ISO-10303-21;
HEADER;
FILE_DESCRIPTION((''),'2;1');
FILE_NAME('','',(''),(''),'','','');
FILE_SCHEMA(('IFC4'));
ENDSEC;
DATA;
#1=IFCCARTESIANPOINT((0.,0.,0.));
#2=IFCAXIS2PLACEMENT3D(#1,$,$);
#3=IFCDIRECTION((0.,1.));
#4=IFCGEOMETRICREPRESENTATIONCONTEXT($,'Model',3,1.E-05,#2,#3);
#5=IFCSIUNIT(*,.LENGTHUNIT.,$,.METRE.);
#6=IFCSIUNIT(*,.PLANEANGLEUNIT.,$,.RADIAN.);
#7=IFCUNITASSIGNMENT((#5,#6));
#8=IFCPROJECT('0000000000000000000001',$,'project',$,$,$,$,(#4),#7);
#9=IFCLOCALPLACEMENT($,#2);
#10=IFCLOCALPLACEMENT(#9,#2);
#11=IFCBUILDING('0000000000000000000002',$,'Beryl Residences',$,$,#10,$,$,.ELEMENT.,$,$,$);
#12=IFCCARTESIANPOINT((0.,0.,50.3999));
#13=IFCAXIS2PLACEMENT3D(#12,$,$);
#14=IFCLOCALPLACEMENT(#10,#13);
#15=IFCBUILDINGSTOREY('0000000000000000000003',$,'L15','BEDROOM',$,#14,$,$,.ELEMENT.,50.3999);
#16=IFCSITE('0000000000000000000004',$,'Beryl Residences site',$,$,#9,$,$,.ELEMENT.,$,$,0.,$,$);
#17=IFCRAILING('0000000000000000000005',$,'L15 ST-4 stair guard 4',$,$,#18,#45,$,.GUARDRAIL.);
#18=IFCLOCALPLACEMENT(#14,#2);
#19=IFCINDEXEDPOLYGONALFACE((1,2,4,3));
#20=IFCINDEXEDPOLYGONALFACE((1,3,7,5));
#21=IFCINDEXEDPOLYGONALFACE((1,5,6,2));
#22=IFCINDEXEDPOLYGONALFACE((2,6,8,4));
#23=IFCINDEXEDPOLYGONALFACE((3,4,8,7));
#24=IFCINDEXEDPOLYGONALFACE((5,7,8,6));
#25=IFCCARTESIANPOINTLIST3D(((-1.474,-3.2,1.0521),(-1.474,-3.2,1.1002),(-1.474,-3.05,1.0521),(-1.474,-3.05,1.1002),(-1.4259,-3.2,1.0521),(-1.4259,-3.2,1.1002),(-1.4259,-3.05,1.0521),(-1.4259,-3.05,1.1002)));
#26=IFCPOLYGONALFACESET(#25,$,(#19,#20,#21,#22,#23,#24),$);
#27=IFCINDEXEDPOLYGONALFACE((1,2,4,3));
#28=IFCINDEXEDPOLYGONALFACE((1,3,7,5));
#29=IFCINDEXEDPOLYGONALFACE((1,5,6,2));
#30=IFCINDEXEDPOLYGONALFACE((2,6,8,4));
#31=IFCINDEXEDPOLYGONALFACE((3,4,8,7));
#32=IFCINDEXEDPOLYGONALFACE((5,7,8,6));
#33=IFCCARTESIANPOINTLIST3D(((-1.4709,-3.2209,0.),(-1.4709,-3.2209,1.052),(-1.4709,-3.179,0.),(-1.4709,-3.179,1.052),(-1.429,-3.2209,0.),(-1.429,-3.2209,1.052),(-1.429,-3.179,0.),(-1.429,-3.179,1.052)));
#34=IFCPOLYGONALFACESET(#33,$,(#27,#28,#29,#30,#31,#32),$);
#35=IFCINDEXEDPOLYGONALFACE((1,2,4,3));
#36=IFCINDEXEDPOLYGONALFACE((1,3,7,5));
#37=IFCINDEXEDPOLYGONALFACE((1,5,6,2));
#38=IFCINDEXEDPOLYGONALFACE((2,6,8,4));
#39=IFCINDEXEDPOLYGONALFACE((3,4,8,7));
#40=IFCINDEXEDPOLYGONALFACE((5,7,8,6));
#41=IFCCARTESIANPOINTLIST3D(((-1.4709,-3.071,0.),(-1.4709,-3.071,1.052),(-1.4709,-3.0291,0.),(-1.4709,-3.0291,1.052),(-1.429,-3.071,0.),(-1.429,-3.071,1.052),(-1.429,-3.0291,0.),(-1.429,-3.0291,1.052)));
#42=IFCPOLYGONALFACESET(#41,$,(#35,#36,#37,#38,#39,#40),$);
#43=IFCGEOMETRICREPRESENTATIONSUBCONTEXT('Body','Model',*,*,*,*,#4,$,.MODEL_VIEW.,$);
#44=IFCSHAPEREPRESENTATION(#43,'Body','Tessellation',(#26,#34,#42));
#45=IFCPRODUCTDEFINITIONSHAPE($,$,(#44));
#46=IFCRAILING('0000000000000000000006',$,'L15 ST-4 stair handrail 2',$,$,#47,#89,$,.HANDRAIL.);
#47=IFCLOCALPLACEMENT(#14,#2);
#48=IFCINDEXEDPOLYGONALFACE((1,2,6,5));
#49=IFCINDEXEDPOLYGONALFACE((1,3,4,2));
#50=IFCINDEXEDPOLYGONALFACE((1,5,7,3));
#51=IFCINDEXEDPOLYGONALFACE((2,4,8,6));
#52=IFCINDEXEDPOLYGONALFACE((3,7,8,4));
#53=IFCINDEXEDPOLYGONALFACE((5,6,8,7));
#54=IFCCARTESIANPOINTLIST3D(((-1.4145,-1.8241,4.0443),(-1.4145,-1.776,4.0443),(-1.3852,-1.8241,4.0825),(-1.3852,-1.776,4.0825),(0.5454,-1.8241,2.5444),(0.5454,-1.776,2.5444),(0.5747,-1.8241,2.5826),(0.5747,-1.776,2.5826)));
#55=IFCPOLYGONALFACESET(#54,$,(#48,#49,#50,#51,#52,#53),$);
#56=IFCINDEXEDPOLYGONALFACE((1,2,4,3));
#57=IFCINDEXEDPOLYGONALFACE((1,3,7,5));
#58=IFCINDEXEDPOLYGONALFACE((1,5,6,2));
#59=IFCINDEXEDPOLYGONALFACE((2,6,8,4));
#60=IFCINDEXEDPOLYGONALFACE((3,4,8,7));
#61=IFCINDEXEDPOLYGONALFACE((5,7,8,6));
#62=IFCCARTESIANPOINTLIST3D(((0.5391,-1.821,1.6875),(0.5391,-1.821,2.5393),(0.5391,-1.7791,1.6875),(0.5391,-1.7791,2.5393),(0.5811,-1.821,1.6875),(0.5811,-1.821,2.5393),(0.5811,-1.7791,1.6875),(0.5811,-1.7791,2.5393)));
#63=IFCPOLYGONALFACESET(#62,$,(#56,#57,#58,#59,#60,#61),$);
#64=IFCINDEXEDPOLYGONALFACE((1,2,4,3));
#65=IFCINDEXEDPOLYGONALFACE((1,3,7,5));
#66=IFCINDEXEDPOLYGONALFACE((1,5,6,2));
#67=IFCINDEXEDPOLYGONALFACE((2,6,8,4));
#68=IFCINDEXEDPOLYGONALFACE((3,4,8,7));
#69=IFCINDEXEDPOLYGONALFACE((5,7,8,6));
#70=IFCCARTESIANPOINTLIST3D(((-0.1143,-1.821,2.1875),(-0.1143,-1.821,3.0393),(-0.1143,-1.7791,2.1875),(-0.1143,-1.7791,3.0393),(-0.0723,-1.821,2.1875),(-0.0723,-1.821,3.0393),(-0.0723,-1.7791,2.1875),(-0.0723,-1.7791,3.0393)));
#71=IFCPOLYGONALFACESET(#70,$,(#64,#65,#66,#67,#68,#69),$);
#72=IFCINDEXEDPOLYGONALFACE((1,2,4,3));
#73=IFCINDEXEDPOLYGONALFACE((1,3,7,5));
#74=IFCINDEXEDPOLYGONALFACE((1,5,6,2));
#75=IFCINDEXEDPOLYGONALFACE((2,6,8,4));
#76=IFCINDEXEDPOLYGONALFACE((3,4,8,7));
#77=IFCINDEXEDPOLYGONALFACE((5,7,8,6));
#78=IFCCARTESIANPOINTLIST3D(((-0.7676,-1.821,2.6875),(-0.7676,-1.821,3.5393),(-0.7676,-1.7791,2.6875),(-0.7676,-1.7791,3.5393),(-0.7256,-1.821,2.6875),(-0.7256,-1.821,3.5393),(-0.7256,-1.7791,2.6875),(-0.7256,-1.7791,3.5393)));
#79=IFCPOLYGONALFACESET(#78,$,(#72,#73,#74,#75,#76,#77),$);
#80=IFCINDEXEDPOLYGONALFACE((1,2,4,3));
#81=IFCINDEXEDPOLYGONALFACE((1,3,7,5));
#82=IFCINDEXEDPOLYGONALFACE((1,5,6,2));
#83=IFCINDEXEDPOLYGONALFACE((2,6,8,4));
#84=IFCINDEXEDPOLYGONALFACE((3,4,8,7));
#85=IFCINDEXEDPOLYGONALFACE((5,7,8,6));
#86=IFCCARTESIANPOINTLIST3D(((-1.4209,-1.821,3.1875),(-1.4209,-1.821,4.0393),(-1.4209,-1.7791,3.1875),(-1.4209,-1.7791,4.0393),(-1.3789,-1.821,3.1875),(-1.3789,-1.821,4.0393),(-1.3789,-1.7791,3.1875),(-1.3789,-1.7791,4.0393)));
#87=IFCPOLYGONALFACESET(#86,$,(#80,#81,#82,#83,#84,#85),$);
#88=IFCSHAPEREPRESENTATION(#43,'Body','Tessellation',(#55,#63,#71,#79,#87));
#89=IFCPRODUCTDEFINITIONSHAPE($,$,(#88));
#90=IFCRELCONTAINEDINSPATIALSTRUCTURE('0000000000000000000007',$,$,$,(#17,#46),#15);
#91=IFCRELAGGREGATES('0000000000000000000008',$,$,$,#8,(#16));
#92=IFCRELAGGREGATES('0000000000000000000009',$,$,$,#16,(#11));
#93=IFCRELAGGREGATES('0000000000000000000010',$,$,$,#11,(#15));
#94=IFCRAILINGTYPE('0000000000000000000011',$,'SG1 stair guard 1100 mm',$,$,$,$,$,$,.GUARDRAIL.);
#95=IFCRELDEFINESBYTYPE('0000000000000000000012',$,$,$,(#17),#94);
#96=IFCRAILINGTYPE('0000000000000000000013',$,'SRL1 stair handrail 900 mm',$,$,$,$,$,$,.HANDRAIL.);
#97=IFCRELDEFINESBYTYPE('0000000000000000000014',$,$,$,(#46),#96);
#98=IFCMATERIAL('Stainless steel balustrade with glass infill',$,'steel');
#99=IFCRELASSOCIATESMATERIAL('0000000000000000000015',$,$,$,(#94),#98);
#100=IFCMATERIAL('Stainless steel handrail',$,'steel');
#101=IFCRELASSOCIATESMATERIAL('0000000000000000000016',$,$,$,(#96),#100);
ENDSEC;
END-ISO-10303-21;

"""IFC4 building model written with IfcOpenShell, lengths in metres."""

from ifc_helpers import new_model, si_unit, direction, frame, origin, origin_2d, place, context, subcontext, project, spatial, rectangle, extrude, material, type_object, element, save


model = new_model("IFC4")

# Units and contexts
model_context = context("Model", 3, precision=1e-05, world=origin(), true_north=direction((0.0, 1.0)))
body_context = subcontext(model_context, "Body", "Model", "MODEL_VIEW")
ifc_project = project(units=[si_unit("LENGTHUNIT", "METRE"), si_unit("PLANEANGLEUNIT", "RADIAN")], contexts=[model_context])

# Site, building, storey
site_placement = place(None, origin())
site = spatial("IfcSite", under=ifc_project, at=site_placement, Name="Beryl Residences site", CompositionType="ELEMENT", RefElevation=0.0)
building_placement = place(site_placement, origin())
building = spatial("IfcBuilding", under=site, at=building_placement, Name="Beryl Residences", CompositionType="ELEMENT")
storey_placement = place(building_placement, frame((0.0, 0.0, 50.3999)))
storey = spatial("IfcBuildingStorey", under=building, at=storey_placement, Name="L15", Description="BEDROOM", CompositionType="ELEMENT", Elevation=50.3999)

# Railings
ifc_material_1 = material(Name="Stainless steel balustrade with glass infill", Category="steel")
railing_type_1 = type_object("IfcRailingType", Name="SG1 stair guard 1100 mm", PredefinedType="GUARDRAIL", material=ifc_material_1)
railing_1_placement = place(storey_placement, frame((-1.45, -3.2, 0.0)))
element("IfcRailing", 1, at=railing_1_placement, inside=storey, type_object=railing_type_1, Name="L15 ST-4 stair guard 4", PredefinedType="GUARDRAIL", context=body_context, shape_type="SweptSolid", body=[
    extrude(rectangle(XDim=0.0481, YDim=0.0481, at=origin_2d()), frame((0.0, 0.0, 1.0762), z_axis=(0.0, 1.0, 0.0), x_axis=(-1.0, 0.0, 0.0)), (0.0, 0.0, 1.0), 0.1499),
    extrude(rectangle(XDim=0.042, YDim=0.042, at=origin_2d()), origin(), (0.0, 0.0, 1.0), 1.052),
    extrude(rectangle(XDim=0.042, YDim=0.042, at=origin_2d()), frame((0.0, 0.1499, 0.0)), (0.0, 0.0, 1.0), 1.052),
])
ifc_material_2 = material(Name="Stainless steel handrail", Category="steel")
railing_type_2 = type_object("IfcRailingType", Name="SRL1 stair handrail 900 mm", PredefinedType="HANDRAIL", material=ifc_material_2)
railing_2_placement = place(storey_placement, frame((0.5601, -1.8, 1.6875)))
element("IfcRailing", 2, at=railing_2_placement, inside=storey, type_object=railing_type_2, Name="L15 ST-4 stair handrail 2", PredefinedType="HANDRAIL", context=body_context, shape_type="SweptSolid", body=[
    extrude(rectangle(XDim=0.0481, YDim=0.0481, at=origin_2d()), frame((0.0, 0.0, 0.876), z_axis=(-0.794122, 0.0, 0.607758), x_axis=(0.0, -1.0, 0.0)), (0.0, 0.0, 1.0), 2.468),
    extrude(rectangle(XDim=0.042, YDim=0.042, at=origin_2d()), origin(), (0.0, 0.0, 1.0), 0.8518),
    extrude(rectangle(XDim=0.042, YDim=0.042, at=origin_2d()), frame((-0.6533, 0.0, 0.5)), (0.0, 0.0, 1.0), 0.8518),
    extrude(rectangle(XDim=0.042, YDim=0.042, at=origin_2d()), frame((-1.3066, 0.0, 1.0)), (0.0, 0.0, 1.0), 0.8518),
    extrude(rectangle(XDim=0.042, YDim=0.042, at=origin_2d()), frame((-1.96, 0.0, 1.5)), (0.0, 0.0, 1.0), 0.8518),
])

save(model, "model.ifc")
